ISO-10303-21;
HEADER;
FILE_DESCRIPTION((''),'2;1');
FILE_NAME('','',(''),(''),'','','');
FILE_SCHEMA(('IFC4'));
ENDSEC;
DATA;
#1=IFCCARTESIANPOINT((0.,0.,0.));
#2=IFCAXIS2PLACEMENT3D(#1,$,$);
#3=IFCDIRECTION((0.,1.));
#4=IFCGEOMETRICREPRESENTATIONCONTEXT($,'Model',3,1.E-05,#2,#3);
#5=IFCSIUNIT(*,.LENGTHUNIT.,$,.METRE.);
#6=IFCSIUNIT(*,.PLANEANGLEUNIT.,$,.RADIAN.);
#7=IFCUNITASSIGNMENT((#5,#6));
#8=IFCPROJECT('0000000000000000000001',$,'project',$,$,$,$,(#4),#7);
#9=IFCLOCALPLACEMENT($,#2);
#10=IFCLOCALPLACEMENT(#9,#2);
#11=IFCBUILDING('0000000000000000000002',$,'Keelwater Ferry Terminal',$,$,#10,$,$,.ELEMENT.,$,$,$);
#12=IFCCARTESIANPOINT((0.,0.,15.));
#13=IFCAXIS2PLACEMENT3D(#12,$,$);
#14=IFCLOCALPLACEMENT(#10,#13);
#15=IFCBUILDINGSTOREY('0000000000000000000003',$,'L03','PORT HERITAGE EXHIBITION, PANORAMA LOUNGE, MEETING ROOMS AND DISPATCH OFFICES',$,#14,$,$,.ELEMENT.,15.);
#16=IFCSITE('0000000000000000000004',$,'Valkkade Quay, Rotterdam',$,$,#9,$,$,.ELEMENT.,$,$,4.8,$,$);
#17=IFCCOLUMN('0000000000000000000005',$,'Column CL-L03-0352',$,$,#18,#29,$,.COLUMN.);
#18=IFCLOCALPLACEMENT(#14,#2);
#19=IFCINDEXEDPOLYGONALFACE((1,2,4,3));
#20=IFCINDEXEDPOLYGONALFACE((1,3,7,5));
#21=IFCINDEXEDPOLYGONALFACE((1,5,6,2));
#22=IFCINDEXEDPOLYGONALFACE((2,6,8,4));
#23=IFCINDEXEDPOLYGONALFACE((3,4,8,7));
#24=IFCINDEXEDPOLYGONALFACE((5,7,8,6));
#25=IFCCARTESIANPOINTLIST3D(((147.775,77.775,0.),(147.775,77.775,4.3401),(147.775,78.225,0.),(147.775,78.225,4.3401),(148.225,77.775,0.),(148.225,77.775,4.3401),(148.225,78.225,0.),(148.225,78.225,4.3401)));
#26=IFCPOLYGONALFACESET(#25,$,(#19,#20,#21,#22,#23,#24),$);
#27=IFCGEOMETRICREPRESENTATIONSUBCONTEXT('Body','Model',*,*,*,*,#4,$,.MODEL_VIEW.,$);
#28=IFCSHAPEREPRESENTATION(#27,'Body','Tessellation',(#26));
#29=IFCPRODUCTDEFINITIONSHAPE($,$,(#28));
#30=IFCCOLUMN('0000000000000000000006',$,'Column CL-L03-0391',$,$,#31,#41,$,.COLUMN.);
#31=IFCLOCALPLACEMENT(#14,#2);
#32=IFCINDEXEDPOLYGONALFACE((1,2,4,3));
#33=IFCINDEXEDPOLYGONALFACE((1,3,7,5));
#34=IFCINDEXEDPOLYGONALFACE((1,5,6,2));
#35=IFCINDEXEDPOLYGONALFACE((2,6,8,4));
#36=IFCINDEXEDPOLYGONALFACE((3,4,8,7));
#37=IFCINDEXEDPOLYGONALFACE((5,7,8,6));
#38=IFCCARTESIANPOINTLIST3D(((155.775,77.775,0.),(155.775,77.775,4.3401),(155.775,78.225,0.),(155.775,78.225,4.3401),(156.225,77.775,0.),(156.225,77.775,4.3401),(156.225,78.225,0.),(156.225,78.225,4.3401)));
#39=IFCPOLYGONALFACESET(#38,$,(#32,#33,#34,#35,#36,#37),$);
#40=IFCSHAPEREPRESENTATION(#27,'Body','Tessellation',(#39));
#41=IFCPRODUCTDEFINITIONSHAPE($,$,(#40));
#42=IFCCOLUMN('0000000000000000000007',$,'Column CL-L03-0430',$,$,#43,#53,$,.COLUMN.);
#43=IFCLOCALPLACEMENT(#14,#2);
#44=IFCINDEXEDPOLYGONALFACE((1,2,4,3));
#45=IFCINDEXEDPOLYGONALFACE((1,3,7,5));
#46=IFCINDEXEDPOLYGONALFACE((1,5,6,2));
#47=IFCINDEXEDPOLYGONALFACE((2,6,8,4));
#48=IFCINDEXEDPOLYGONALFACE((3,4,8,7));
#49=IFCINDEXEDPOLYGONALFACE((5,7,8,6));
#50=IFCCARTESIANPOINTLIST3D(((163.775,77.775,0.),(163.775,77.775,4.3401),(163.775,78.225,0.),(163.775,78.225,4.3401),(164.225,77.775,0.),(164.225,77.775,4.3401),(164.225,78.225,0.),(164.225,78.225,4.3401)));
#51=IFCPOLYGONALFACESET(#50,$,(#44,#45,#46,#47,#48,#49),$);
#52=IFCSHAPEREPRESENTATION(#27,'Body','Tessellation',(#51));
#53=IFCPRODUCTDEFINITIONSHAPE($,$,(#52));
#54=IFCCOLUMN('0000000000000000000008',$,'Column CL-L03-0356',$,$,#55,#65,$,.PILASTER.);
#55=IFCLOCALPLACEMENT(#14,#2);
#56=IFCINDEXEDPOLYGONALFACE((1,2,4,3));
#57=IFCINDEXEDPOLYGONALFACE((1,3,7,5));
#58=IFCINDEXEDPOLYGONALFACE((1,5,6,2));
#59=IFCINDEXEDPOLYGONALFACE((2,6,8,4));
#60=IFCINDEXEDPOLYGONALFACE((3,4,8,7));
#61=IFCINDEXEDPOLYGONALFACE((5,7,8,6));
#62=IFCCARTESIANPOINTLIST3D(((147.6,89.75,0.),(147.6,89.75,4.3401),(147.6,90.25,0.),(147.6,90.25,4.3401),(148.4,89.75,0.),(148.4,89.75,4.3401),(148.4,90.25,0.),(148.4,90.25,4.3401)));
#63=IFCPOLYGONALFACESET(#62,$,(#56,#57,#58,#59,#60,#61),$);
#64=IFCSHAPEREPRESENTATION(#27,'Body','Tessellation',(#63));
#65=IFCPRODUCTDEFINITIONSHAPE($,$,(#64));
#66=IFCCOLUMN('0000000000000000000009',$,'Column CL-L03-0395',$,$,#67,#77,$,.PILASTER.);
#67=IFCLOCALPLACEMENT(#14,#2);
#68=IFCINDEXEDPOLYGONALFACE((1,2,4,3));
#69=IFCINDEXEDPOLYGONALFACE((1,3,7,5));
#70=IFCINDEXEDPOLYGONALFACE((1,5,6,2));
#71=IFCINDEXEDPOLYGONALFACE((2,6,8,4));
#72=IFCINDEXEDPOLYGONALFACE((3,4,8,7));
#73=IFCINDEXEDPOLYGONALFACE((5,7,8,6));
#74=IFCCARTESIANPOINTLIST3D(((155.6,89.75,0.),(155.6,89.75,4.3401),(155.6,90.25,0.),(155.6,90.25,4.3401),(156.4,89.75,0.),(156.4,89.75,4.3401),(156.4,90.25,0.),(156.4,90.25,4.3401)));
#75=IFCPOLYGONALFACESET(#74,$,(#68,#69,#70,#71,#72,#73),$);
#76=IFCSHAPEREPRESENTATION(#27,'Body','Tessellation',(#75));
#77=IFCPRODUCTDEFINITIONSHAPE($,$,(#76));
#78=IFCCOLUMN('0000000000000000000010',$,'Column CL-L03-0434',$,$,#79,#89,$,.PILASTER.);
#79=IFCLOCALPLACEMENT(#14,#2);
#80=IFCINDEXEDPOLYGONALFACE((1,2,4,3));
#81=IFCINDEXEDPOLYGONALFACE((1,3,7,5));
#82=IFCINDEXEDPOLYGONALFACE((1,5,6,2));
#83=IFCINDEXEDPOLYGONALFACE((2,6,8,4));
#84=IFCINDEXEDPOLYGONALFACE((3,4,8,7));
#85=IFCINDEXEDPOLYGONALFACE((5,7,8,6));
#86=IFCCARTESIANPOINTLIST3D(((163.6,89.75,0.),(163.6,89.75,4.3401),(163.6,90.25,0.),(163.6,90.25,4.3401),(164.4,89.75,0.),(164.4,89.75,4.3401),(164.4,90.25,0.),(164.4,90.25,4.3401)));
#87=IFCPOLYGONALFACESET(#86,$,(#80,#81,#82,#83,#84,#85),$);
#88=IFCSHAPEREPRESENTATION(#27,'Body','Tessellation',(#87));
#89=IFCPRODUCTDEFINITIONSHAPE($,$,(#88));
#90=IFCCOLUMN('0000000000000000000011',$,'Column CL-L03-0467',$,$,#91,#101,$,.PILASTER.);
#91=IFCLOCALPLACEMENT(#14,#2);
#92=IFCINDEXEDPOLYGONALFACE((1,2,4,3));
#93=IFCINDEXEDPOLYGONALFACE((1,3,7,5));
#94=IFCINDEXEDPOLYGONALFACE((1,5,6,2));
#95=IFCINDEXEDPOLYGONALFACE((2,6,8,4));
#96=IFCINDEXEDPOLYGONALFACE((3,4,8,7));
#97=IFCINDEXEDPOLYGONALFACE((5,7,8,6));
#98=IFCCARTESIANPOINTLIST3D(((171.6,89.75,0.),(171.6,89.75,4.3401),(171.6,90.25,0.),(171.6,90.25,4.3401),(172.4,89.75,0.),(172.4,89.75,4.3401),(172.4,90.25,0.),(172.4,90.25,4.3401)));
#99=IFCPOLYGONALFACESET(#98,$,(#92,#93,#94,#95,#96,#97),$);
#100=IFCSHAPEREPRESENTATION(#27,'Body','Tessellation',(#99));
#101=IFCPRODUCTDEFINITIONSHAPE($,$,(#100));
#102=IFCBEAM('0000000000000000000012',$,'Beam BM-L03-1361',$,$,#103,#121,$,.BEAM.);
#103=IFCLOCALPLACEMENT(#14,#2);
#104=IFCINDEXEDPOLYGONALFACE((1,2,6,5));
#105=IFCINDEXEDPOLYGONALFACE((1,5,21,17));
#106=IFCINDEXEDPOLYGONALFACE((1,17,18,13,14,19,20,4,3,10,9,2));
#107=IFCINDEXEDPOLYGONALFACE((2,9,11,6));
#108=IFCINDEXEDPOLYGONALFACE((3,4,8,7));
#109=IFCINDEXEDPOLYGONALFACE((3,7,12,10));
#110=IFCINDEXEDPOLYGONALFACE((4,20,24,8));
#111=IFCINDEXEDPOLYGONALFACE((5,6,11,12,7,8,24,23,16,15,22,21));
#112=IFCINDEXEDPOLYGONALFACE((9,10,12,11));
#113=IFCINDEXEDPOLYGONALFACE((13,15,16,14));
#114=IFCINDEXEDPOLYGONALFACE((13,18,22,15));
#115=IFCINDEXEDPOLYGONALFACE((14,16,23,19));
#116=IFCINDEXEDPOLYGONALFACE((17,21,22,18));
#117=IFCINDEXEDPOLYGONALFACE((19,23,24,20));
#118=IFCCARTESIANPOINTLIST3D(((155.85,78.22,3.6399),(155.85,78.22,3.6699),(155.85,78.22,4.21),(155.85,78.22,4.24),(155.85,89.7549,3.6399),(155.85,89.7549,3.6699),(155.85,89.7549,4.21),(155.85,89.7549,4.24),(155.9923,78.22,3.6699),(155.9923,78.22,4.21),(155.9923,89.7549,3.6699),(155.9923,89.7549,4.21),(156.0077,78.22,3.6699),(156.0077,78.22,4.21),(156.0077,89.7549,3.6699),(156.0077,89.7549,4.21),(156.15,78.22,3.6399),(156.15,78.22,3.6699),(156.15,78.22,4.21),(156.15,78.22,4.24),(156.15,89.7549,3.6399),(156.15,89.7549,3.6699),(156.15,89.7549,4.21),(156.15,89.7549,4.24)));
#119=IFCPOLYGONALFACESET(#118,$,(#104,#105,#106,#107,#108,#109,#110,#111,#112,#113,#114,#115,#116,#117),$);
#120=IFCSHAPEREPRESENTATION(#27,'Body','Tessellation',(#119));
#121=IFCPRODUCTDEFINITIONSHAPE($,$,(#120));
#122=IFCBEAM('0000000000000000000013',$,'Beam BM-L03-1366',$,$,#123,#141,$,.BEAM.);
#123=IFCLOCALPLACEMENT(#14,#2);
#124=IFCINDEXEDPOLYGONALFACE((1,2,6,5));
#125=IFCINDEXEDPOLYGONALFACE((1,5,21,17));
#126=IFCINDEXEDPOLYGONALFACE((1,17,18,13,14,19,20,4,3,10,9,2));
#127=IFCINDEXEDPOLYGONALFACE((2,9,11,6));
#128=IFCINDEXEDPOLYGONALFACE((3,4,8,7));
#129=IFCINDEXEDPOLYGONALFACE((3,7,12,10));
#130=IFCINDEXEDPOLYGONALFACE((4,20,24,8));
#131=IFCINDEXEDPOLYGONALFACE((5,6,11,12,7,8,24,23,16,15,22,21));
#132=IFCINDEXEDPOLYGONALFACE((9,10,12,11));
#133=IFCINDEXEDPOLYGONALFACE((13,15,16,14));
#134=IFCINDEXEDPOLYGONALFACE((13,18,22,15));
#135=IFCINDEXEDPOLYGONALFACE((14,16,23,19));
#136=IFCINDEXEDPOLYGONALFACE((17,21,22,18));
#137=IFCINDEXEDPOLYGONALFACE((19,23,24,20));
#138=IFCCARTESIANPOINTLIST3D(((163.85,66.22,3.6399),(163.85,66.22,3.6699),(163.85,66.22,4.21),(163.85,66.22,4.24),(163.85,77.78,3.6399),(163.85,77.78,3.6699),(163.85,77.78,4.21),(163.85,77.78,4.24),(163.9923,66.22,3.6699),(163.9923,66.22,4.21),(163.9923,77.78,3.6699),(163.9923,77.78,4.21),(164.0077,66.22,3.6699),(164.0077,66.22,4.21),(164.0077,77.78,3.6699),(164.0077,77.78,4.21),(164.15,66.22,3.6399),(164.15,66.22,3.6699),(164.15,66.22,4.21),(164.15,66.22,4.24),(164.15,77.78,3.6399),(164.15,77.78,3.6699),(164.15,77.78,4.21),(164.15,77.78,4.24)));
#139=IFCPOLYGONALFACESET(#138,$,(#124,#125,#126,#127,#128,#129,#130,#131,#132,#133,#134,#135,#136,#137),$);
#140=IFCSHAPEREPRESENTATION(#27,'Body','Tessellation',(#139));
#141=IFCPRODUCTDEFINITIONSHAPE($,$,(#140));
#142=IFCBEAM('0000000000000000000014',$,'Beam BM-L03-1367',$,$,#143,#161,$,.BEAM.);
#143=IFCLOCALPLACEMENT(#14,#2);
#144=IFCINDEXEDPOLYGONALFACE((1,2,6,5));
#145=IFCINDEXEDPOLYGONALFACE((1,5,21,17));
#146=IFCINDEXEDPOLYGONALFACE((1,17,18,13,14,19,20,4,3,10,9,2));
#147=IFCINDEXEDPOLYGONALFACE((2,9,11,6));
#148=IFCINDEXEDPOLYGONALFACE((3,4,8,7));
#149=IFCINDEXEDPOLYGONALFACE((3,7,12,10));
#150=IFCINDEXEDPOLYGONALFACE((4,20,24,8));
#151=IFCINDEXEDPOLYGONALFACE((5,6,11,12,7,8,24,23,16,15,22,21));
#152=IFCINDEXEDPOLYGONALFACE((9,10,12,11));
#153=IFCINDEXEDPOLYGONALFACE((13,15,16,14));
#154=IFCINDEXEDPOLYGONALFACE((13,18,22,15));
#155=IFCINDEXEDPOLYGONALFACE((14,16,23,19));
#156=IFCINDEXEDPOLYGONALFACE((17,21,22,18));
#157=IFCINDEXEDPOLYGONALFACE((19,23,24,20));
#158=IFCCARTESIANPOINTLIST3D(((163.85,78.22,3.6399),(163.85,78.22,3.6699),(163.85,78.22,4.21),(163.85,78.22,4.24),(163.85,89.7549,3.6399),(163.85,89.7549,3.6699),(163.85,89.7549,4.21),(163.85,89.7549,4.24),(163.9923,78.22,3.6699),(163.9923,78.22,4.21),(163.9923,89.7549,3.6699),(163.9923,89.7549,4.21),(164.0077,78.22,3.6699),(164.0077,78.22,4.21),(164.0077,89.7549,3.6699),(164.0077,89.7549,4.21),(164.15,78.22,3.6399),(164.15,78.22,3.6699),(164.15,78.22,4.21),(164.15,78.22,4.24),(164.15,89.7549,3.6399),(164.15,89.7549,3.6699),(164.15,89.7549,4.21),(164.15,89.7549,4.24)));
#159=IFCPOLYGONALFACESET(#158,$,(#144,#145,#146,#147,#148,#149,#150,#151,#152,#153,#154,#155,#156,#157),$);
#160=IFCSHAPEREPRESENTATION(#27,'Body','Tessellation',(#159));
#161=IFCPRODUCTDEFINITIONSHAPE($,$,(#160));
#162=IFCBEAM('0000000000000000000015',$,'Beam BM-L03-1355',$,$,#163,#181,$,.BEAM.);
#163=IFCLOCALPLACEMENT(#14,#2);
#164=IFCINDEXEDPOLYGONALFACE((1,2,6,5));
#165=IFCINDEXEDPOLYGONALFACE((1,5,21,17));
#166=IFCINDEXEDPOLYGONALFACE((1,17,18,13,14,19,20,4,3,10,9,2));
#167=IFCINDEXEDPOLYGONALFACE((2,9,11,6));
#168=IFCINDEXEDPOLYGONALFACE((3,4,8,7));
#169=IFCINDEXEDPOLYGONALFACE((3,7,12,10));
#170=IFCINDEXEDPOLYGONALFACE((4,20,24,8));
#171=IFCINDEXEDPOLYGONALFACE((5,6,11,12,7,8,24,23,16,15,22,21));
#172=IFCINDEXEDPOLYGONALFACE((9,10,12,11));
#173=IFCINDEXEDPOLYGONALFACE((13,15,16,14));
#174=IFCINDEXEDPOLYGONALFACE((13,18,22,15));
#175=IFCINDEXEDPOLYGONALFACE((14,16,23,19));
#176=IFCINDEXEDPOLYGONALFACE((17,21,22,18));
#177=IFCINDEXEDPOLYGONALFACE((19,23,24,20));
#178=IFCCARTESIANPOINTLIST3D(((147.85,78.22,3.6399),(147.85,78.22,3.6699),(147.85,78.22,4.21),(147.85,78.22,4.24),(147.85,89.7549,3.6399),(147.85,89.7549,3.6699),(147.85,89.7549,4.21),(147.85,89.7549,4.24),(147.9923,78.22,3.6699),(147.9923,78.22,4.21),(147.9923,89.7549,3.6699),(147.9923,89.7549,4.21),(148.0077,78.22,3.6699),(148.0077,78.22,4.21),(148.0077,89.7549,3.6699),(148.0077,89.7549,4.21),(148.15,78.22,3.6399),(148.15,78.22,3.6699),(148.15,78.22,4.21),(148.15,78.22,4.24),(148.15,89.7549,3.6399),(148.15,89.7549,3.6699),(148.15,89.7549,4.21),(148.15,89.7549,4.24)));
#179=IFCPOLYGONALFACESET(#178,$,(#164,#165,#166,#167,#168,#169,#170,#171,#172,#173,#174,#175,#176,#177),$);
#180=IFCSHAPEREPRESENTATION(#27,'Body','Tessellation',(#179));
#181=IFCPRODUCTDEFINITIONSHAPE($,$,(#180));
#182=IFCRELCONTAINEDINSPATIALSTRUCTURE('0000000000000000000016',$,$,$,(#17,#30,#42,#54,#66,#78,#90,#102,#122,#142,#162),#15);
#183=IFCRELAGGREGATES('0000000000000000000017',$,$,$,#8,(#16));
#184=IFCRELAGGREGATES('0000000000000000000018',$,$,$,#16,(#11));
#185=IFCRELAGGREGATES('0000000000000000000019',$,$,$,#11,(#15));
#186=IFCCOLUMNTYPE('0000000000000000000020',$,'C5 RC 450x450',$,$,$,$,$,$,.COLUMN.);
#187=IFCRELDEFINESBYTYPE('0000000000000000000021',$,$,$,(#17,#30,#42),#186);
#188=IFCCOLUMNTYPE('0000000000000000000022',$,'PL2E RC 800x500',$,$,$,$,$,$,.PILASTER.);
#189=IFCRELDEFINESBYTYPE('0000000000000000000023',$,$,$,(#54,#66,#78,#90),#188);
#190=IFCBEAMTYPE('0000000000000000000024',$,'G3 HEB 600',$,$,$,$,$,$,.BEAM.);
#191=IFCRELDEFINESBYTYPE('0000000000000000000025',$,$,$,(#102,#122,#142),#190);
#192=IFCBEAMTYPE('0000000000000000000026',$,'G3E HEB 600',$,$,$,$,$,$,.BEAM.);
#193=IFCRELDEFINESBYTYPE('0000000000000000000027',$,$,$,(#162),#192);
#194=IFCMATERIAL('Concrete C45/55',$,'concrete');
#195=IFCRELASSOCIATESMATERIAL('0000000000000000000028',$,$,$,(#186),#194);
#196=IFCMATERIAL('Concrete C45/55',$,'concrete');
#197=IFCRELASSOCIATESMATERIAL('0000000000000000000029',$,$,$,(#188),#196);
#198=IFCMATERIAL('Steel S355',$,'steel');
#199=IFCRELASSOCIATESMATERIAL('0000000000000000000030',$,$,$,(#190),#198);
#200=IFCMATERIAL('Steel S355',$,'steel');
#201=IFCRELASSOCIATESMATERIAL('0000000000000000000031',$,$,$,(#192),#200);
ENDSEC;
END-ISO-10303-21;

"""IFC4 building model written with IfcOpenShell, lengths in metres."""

from ifc_helpers import new_model, si_unit, direction, frame, origin, origin_2d, place, context, subcontext, project, spatial, rectangle, i_section, extrude, material, material_profile, profile_set, type_object, element, save


model = new_model("IFC4")

# Units and contexts
model_context = context("Model", 3, precision=1e-05, world=origin(), true_north=direction((0.0, 1.0)))
body_context = subcontext(model_context, "Body", "Model", "MODEL_VIEW")
ifc_project = project(units=[si_unit("LENGTHUNIT", "METRE"), si_unit("PLANEANGLEUNIT", "RADIAN")], contexts=[model_context])

# Site, building, storey
site_placement = place(None, origin())
site = spatial("IfcSite", under=ifc_project, at=site_placement, Name="Valkkade Quay, Rotterdam", CompositionType="ELEMENT", RefElevation=4.8)
building_placement = place(site_placement, origin())
building = spatial("IfcBuilding", under=site, at=building_placement, Name="Keelwater Ferry Terminal", CompositionType="ELEMENT")
storey_placement = place(building_placement, frame((0.0, 0.0, 15.0)))
storey = spatial("IfcBuildingStorey", under=building, at=storey_placement, Name="L03", Description="PORT HERITAGE EXHIBITION, PANORAMA LOUNGE, MEETING ROOMS AND DISPATCH OFFICES", CompositionType="ELEMENT", Elevation=15.0)

# Columns
ifc_material_1 = material(Name="Concrete C45/55", Category="concrete")
ifc_material_profile_1 = material_profile(ifc_material_1, rectangle(XDim=0.45, YDim=0.45, at=origin_2d()), Name="RC 450x450")
ifc_profile_set_1 = profile_set([ifc_material_profile_1], Name="Concrete C45/55")
column_type_1 = type_object("IfcColumnType", Name="C5 RC 450x450", PredefinedType="COLUMN", material=ifc_profile_set_1)
for number, where, z_axis, x_axis, name in (
    (1, (148.0, 78.0, 0.0), (0.0, 0.0, 1.0), (1.0, 0.0, 0.0), "Column CL-L03-0352"),
    (2, (156.0, 78.0, 0.0), (0.0, 0.0, 1.0), (1.0, 0.0, 0.0), "Column CL-L03-0391"),
    (3, (164.0, 78.0, 0.0), (0.0, 0.0, 1.0), (1.0, 0.0, 0.0), "Column CL-L03-0430"),
):
    element("IfcColumn", number, at=place(storey_placement, frame(where, z_axis=z_axis, x_axis=x_axis)), inside=storey, type_object=column_type_1, Name=name, PredefinedType="COLUMN", context=body_context, shape_type="SweptSolid", body=[
        extrude(rectangle(XDim=0.45, YDim=0.45, at=origin_2d()), origin(), (0.0, 0.0, 1.0), 4.3401),
    ])
ifc_material_2 = material(Name="Concrete C45/55", Category="concrete")
ifc_material_profile_2 = material_profile(ifc_material_2, rectangle(XDim=0.5, YDim=0.8, at=origin_2d()), Name="RC 800x500")
ifc_profile_set_2 = profile_set([ifc_material_profile_2], Name="Concrete C45/55")
column_type_2 = type_object("IfcColumnType", Name="PL2E RC 800x500", PredefinedType="PILASTER", material=ifc_profile_set_2)
for number, where, z_axis, x_axis, name in (
    (4, (148.0, 90.0, 0.0), (0.0, 0.0, 1.0), (0.0, 1.0, 0.0), "Column CL-L03-0356"),
    (5, (156.0, 90.0, 0.0), (0.0, 0.0, 1.0), (0.0, 1.0, 0.0), "Column CL-L03-0395"),
    (6, (164.0, 90.0, 0.0), (0.0, 0.0, 1.0), (0.0, 1.0, 0.0), "Column CL-L03-0434"),
    (7, (172.0, 90.0, 0.0), (0.0, 0.0, 1.0), (0.0, 1.0, 0.0), "Column CL-L03-0467"),
):
    element("IfcColumn", number, at=place(storey_placement, frame(where, z_axis=z_axis, x_axis=x_axis)), inside=storey, type_object=column_type_2, Name=name, PredefinedType="PILASTER", context=body_context, shape_type="SweptSolid", body=[
        extrude(rectangle(XDim=0.5, YDim=0.8, at=origin_2d()), origin(), (0.0, 0.0, 1.0), 4.3401),
    ])

# Beams
ifc_material_3 = material(Name="Steel S355", Category="steel")
ifc_material_profile_3 = material_profile(ifc_material_3, i_section(OverallWidth=0.3, OverallDepth=0.6001, WebThickness=0.0154, FlangeThickness=0.03, at=origin_2d()), Name="HEB 600")
ifc_profile_set_3 = profile_set([ifc_material_profile_3], Name="Steel S355")
beam_type_1 = type_object("IfcBeamType", Name="G3 HEB 600", PredefinedType="BEAM", material=ifc_profile_set_3)
beam_1_placement = place(storey_placement, frame((156.0, 78.22, 3.9399), z_axis=(0.0, 1.0, 0.0), x_axis=(-1.0, 0.0, 0.0)))
element("IfcBeam", 8, at=beam_1_placement, inside=storey, type_object=beam_type_1, Name="Beam BM-L03-1361", PredefinedType="BEAM", context=body_context, shape_type="SweptSolid", body=[
    extrude(i_section(OverallWidth=0.3, OverallDepth=0.6001, WebThickness=0.0154, FlangeThickness=0.03, at=origin_2d()), origin(), (0.0, 0.0, 1.0), 11.5349),
])
beam_2_placement = place(storey_placement, frame((164.0, 66.22, 3.9399), z_axis=(0.0, 1.0, 0.0), x_axis=(-1.0, 0.0, 0.0)))
element("IfcBeam", 9, at=beam_2_placement, inside=storey, type_object=beam_type_1, Name="Beam BM-L03-1366", PredefinedType="BEAM", context=body_context, shape_type="SweptSolid", body=[
    extrude(i_section(OverallWidth=0.3, OverallDepth=0.6001, WebThickness=0.0154, FlangeThickness=0.03, at=origin_2d()), origin(), (0.0, 0.0, 1.0), 11.5601),
])
beam_3_placement = place(storey_placement, frame((164.0, 78.22, 3.9399), z_axis=(0.0, 1.0, 0.0), x_axis=(-1.0, 0.0, 0.0)))
element("IfcBeam", 10, at=beam_3_placement, inside=storey, type_object=beam_type_1, Name="Beam BM-L03-1367", PredefinedType="BEAM", context=body_context, shape_type="SweptSolid", body=[
    extrude(i_section(OverallWidth=0.3, OverallDepth=0.6001, WebThickness=0.0154, FlangeThickness=0.03, at=origin_2d()), origin(), (0.0, 0.0, 1.0), 11.5349),
])
ifc_material_4 = material(Name="Steel S355", Category="steel")
ifc_material_profile_4 = material_profile(ifc_material_4, i_section(OverallWidth=0.3, OverallDepth=0.6001, WebThickness=0.0154, FlangeThickness=0.03, at=origin_2d()), Name="HEB 600")
ifc_profile_set_4 = profile_set([ifc_material_profile_4], Name="Steel S355")
beam_type_2 = type_object("IfcBeamType", Name="G3E HEB 600", PredefinedType="BEAM", material=ifc_profile_set_4)
beam_4_placement = place(storey_placement, frame((148.0, 78.22, 3.9399), z_axis=(0.0, 1.0, 0.0), x_axis=(-1.0, 0.0, 0.0)))
element("IfcBeam", 11, at=beam_4_placement, inside=storey, type_object=beam_type_2, Name="Beam BM-L03-1355", PredefinedType="BEAM", context=body_context, shape_type="SweptSolid", body=[
    extrude(i_section(OverallWidth=0.3, OverallDepth=0.6001, WebThickness=0.0154, FlangeThickness=0.03, at=origin_2d()), origin(), (0.0, 0.0, 1.0), 11.5349),
])

save(model, "model.ifc")
